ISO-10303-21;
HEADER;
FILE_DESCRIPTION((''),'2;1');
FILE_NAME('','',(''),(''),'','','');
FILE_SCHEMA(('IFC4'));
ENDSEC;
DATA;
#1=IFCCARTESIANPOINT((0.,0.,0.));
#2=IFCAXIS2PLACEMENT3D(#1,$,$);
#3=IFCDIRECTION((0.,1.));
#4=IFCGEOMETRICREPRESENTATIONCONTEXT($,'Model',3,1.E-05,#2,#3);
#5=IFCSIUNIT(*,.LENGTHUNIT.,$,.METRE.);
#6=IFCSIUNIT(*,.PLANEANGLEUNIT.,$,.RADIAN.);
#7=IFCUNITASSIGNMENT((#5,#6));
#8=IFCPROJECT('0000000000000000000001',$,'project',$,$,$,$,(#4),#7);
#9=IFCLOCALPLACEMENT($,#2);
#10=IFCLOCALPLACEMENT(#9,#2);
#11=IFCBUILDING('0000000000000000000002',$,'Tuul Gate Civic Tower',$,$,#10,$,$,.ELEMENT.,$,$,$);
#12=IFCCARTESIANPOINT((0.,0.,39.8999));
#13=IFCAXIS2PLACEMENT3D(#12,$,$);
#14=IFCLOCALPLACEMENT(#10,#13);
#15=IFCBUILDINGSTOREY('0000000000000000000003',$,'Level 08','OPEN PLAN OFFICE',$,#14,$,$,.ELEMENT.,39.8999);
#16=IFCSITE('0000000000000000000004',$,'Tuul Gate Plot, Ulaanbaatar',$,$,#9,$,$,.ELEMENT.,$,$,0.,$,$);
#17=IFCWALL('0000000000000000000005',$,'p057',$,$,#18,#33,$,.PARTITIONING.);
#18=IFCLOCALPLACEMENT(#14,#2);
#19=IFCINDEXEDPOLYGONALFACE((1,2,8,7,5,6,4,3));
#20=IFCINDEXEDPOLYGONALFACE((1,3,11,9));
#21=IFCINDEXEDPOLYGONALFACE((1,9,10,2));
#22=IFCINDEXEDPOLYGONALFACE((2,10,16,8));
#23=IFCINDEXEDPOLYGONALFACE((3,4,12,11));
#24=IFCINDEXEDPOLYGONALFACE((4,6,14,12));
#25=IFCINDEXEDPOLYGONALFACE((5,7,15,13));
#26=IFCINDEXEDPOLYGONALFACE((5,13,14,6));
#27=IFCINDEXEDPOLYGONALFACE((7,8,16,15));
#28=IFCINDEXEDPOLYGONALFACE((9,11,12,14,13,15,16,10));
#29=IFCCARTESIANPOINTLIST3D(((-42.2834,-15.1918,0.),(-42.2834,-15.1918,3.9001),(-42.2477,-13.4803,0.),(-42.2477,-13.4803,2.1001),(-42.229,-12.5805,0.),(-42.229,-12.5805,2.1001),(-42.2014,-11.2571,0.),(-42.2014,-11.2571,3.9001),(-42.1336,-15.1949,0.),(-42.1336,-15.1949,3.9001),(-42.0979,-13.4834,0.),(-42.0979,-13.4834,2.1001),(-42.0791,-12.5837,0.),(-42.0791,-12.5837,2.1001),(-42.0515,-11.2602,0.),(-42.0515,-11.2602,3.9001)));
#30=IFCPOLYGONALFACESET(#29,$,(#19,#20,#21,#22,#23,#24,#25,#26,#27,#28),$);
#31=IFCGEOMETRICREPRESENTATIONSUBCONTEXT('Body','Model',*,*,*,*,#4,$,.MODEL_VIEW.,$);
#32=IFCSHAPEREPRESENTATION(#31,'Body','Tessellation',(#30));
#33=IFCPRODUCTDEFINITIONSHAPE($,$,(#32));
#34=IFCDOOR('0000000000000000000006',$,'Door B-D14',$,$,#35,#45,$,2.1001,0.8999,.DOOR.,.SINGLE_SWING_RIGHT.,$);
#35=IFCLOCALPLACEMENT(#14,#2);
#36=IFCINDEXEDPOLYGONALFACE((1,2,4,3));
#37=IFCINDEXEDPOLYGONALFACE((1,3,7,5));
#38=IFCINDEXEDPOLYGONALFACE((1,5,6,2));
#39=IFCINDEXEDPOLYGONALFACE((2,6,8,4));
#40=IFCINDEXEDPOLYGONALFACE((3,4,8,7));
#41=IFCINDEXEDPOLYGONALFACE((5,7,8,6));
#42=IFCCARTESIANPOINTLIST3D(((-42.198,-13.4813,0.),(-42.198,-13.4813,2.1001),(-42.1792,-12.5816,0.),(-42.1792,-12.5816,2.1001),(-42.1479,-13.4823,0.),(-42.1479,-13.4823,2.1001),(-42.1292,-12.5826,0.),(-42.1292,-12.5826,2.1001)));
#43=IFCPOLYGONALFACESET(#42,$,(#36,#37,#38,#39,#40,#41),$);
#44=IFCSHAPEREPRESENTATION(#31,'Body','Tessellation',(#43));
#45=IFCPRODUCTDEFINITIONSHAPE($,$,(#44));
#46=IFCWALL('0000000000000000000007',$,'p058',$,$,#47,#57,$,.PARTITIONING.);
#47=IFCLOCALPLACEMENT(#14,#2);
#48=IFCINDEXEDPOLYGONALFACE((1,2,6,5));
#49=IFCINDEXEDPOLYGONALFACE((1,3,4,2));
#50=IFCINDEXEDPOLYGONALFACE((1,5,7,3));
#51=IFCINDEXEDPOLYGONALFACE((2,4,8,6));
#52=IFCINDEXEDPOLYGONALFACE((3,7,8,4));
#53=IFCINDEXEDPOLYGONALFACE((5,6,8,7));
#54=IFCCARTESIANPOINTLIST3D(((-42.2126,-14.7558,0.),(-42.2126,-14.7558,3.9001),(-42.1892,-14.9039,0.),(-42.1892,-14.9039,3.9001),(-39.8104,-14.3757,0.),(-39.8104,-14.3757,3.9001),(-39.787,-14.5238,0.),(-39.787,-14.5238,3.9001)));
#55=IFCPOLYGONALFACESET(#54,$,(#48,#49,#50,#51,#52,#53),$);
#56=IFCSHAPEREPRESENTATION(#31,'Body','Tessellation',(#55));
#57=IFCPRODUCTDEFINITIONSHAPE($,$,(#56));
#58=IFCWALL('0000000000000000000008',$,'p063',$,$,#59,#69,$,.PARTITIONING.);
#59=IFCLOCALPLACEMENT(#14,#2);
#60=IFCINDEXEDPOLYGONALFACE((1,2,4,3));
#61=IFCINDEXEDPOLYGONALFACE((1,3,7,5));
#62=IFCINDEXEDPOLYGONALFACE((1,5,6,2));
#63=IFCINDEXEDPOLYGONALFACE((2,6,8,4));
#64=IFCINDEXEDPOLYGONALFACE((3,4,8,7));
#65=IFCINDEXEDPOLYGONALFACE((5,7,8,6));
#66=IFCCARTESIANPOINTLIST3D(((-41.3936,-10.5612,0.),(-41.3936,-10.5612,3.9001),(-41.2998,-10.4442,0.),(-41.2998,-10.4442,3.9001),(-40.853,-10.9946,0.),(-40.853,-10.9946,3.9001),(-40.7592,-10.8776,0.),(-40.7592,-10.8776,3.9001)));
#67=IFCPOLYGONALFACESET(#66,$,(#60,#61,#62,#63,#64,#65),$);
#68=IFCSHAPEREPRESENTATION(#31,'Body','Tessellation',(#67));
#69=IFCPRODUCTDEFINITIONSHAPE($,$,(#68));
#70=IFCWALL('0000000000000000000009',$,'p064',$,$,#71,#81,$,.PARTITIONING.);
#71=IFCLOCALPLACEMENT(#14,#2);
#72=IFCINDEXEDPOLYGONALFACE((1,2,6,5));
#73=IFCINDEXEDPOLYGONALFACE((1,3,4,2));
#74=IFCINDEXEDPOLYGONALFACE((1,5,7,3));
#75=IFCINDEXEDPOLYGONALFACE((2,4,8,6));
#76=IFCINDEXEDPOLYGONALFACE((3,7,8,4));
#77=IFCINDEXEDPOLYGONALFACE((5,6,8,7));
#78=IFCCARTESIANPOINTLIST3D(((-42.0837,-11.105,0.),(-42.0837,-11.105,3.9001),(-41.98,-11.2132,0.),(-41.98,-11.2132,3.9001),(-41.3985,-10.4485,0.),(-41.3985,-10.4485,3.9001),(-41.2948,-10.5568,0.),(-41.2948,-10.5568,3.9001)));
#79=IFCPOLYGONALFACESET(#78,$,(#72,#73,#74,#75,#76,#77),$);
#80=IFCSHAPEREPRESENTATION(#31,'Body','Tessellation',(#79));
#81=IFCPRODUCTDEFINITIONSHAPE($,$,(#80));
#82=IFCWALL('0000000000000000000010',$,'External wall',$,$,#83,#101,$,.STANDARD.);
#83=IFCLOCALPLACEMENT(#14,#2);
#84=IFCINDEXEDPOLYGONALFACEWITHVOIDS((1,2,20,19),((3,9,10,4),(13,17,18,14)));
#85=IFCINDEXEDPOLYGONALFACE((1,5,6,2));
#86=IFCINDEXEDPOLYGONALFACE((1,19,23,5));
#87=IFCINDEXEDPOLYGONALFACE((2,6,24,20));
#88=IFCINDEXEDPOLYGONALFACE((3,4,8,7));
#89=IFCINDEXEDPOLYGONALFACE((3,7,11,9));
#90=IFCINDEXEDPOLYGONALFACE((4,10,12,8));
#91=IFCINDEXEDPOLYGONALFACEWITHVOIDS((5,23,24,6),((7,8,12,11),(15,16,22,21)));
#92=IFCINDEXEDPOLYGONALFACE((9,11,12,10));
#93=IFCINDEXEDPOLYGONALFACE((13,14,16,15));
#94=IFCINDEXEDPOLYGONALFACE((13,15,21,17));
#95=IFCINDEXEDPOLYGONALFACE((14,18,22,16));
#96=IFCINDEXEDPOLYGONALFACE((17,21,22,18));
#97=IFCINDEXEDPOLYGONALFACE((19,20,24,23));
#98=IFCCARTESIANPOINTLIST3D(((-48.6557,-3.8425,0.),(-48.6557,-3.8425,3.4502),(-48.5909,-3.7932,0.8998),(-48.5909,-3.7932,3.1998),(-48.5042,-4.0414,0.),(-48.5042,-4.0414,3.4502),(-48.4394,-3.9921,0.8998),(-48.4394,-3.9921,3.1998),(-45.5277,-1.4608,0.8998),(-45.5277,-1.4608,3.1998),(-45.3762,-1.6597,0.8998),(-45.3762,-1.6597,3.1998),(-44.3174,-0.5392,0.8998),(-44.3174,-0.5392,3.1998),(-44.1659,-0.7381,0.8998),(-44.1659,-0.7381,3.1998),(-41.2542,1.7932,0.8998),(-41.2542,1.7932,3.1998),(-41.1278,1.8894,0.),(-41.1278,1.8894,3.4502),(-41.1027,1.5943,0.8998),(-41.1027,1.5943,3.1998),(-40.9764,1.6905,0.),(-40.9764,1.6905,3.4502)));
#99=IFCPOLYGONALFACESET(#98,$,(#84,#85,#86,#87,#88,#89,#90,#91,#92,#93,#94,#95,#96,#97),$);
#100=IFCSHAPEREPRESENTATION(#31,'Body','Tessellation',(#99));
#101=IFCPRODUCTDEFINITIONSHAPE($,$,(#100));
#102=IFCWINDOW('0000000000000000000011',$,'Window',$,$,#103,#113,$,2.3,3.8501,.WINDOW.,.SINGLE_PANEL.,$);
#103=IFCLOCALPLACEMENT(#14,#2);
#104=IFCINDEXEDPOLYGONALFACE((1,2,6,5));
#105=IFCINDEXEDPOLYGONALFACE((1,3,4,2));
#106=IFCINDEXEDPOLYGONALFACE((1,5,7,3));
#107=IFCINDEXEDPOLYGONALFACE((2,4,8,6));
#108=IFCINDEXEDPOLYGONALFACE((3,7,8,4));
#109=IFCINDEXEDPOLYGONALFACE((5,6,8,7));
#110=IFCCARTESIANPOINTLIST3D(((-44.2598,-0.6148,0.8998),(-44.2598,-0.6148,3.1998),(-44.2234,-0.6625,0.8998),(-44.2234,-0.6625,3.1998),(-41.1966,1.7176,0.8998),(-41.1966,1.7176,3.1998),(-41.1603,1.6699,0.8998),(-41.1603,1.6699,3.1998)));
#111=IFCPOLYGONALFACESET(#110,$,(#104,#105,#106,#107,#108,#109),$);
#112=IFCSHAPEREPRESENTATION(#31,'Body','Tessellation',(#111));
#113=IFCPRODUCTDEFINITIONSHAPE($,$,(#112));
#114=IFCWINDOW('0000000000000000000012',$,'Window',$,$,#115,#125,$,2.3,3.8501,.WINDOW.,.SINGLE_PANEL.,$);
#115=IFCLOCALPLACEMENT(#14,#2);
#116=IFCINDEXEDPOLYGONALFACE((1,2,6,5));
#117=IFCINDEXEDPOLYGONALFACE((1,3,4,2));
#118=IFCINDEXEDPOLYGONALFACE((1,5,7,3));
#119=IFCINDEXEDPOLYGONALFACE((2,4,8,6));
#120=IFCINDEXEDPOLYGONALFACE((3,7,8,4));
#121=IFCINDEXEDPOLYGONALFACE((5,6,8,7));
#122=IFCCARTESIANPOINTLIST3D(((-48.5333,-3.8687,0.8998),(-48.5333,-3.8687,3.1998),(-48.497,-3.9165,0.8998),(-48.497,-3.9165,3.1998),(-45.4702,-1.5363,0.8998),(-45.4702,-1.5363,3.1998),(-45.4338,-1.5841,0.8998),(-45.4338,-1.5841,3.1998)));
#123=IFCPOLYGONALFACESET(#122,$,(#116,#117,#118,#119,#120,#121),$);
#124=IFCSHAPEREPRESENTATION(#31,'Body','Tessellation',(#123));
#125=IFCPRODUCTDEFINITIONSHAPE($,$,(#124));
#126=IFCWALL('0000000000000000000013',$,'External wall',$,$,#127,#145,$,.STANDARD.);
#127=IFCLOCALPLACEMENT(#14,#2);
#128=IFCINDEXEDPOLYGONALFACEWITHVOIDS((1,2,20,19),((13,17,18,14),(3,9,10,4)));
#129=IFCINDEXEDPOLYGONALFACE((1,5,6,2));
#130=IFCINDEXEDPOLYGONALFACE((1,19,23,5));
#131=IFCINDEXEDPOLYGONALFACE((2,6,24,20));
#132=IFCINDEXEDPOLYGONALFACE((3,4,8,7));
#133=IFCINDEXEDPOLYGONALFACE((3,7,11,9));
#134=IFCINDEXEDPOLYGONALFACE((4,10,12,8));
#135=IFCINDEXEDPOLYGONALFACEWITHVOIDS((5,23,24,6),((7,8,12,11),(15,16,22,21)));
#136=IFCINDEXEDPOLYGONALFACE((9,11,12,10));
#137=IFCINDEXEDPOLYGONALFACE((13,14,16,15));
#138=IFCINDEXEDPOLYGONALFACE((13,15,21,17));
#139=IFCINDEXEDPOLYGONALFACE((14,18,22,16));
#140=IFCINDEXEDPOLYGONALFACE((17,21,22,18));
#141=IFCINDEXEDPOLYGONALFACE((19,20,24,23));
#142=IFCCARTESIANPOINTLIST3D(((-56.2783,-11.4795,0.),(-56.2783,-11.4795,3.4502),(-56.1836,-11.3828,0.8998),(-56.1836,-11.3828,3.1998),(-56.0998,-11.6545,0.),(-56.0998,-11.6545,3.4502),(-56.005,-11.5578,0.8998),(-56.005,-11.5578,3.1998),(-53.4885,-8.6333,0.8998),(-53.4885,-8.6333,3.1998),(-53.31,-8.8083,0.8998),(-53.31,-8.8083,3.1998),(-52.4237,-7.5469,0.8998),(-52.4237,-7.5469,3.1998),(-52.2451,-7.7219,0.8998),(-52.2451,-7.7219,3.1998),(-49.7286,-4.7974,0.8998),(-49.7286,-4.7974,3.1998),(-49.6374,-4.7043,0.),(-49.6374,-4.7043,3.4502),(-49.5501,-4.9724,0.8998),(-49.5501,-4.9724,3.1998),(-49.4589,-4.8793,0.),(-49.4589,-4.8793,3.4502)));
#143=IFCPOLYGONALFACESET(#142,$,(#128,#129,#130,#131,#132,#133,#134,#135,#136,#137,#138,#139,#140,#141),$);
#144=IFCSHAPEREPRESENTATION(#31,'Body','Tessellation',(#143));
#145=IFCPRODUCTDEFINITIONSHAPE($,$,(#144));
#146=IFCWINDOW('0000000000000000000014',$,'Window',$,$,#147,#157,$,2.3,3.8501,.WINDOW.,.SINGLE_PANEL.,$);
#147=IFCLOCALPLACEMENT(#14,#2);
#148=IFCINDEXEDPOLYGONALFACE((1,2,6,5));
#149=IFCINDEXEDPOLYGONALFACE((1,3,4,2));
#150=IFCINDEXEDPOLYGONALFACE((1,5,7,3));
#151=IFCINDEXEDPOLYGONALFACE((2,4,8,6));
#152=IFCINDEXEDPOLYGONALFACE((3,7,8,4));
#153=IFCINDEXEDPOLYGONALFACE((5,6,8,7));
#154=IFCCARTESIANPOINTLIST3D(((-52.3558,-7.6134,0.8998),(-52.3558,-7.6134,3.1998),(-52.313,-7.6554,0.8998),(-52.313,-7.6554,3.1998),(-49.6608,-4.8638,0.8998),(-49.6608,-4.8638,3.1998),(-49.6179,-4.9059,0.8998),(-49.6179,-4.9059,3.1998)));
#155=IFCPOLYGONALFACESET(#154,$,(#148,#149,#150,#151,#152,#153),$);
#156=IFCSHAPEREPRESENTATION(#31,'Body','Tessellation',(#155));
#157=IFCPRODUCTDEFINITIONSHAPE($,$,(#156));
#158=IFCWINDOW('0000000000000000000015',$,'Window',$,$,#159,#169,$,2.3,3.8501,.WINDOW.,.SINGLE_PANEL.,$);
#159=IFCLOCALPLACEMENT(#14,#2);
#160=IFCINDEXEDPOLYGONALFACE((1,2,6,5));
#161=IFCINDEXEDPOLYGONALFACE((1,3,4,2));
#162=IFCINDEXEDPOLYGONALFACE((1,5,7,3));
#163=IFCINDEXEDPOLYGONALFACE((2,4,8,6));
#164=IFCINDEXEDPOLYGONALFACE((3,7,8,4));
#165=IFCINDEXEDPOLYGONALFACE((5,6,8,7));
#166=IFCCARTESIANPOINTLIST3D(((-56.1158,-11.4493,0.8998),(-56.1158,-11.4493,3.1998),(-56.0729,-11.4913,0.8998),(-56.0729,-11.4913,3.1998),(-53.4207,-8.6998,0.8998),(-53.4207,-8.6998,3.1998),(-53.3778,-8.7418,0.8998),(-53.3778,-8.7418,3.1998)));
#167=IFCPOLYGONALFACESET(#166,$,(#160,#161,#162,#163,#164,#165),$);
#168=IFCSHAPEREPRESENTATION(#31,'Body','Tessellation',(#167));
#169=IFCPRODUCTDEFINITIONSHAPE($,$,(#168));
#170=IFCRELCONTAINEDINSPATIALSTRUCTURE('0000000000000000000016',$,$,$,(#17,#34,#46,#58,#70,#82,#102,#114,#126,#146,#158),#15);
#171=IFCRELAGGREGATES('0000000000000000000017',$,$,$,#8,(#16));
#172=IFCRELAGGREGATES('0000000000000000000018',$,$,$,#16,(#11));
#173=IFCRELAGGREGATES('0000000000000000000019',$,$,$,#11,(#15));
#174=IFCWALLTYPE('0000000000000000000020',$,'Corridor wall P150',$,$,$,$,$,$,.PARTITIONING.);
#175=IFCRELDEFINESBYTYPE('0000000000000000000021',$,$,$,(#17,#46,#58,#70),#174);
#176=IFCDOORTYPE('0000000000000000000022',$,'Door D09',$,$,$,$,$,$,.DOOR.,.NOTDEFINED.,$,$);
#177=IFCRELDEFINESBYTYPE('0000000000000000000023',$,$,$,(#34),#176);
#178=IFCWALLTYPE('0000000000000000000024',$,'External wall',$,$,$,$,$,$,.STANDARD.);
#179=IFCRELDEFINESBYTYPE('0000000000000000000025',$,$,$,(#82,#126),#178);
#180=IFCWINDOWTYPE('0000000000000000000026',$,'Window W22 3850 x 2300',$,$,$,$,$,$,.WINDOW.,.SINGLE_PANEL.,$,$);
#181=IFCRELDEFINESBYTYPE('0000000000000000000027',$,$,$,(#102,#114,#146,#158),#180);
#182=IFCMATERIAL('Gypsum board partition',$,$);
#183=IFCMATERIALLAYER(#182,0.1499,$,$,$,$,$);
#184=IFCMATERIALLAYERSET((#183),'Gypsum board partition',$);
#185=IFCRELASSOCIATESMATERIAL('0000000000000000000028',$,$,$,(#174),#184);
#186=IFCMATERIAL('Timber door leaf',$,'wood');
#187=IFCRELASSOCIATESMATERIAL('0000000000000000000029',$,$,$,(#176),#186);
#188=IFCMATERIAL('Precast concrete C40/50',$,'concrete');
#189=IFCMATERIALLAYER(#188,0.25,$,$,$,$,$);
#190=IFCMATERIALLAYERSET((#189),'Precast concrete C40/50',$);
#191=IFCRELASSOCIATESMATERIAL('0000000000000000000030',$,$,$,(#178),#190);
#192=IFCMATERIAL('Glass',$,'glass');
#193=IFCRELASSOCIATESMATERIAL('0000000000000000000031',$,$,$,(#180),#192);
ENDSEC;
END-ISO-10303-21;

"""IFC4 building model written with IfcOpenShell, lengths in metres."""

from ifc_helpers import new_model, si_unit, direction, frame, frame_2d, origin, place, context, subcontext, project, spatial, rectangle, extrude, material, layer, layer_set, type_object, element, fill, save


model = new_model("IFC4")

# Units and contexts
model_context = context("Model", 3, precision=1e-05, world=origin(), true_north=direction((0.0, 1.0)))
body_context = subcontext(model_context, "Body", "Model", "MODEL_VIEW")
ifc_project = project(units=[si_unit("LENGTHUNIT", "METRE"), si_unit("PLANEANGLEUNIT", "RADIAN")], contexts=[model_context])

# Site, building, storey
site_placement = place(None, origin())
site = spatial("IfcSite", under=ifc_project, at=site_placement, Name="Tuul Gate Plot, Ulaanbaatar", CompositionType="ELEMENT", RefElevation=0.0)
building_placement = place(site_placement, origin())
building = spatial("IfcBuilding", under=site, at=building_placement, Name="Tuul Gate Civic Tower", CompositionType="ELEMENT")
storey_placement = place(building_placement, frame((0.0, 0.0, 39.8999)))
storey = spatial("IfcBuildingStorey", under=building, at=storey_placement, Name="Level 08", Description="OPEN PLAN OFFICE", CompositionType="ELEMENT", Elevation=39.8999)

# Shared definitions
ifc_material_1 = material(Name="Gypsum board partition")
ifc_layer_1 = layer(ifc_material_1, 0.1499)
ifc_layer_set_1 = layer_set([ifc_layer_1], Name="Gypsum board partition")
wall_type_1 = type_object("IfcWallType", Name="Corridor wall P150", PredefinedType="PARTITIONING", material=ifc_layer_set_1)

# Wall, opening, door
wall_1_placement = place(storey_placement, frame((-42.2085, -15.1934, 0.0), z_axis=(0.0, 0.0, 1.0), x_axis=(0.020844, 0.999783, 0.0)))
wall_1 = element("IfcWall", 1, at=wall_1_placement, inside=storey, type_object=wall_type_1, Name="p057", PredefinedType="PARTITIONING", context=body_context, shape_type="SweptSolid", body=[
    extrude(rectangle(XDim=3.9355, YDim=0.1499, at=frame_2d((1.9678, 0.0))), origin(), (0.0, 0.0, 1.0), 3.9001),
])
opening_1_placement = place(wall_1_placement, frame((1.7119, 0.0, 0.0)))
opening_1 = element("IfcOpeningElement", 2, at=opening_1_placement, cuts=wall_1, PredefinedType="OPENING", context=body_context, shape_type="SweptSolid", body=[
    extrude(rectangle(XDim=0.8999, YDim=2.1001, at=frame_2d((0.45, 1.05))), frame((0.0, 0.085, 0.0), z_axis=(0.0, -1.0, 0.0), x_axis=(1.0, 0.0, 0.0)), (0.0, 0.0, 1.0), 0.1699),
])
ifc_material_2 = material(Name="Timber door leaf", Category="wood")
door_type_1 = type_object("IfcDoorType", Name="Door D09", OperationType="NOTDEFINED", PredefinedType="DOOR", material=ifc_material_2)
door_1_placement = place(opening_1_placement, frame((0.8999, 0.0, 0.0), z_axis=(0.0, 0.0, 1.0), x_axis=(-1.0, 0.0, 0.0)))
door_1 = element("IfcDoor", 3, at=door_1_placement, inside=storey, type_object=door_type_1, Name="Door B-D14", OperationType="SINGLE_SWING_RIGHT", OverallHeight=2.1001, OverallWidth=0.8999, PredefinedType="DOOR", context=body_context, shape_type="SweptSolid", body=[
    extrude(rectangle(XDim=0.8999, YDim=2.1001, at=frame_2d((0.45, 1.05))), frame((0.0, 0.0249, 0.0), z_axis=(0.0, -1.0, 0.0), x_axis=(1.0, 0.0, 0.0)), (0.0, 0.0, 1.0), 0.05),
])
fill(opening_1, door_1)

# Walls
wall_2_placement = place(storey_placement, frame((-42.2009, -14.8298, 0.0), z_axis=(0.0, 0.0, 1.0), x_axis=(0.987712, 0.156287, 0.0)))
element("IfcWall", 4, at=wall_2_placement, inside=storey, type_object=wall_type_1, Name="p058", PredefinedType="PARTITIONING", context=body_context, shape_type="SweptSolid", body=[
    extrude(rectangle(XDim=2.4321, YDim=0.1499, at=frame_2d((1.2161, 0.0))), origin(), (0.0, 0.0, 1.0), 3.9001),
])
wall_3_placement = place(storey_placement, frame((-41.3467, -10.5027, 0.0), z_axis=(0.0, 0.0, 1.0), x_axis=(0.780215, -0.625511, 0.0)))
element("IfcWall", 5, at=wall_3_placement, inside=storey, type_object=wall_type_1, Name="p063", PredefinedType="PARTITIONING", context=body_context, shape_type="SweptSolid", body=[
    extrude(rectangle(XDim=0.6929, YDim=0.1499, at=frame_2d((0.3464, 0.0))), origin(), (0.0, 0.0, 1.0), 3.9001),
])
wall_4_placement = place(storey_placement, frame((-42.032, -11.1592, 0.0), z_axis=(0.0, 0.0, 1.0), x_axis=(0.722122, 0.691766, 0.0)))
element("IfcWall", 6, at=wall_4_placement, inside=storey, type_object=wall_type_1, Name="p064", PredefinedType="PARTITIONING", context=body_context, shape_type="SweptSolid", body=[
    extrude(rectangle(XDim=0.949, YDim=0.1499, at=frame_2d((0.4746, 0.0))), origin(), (0.0, 0.0, 1.0), 3.9001),
])

# Walls, openings, windows
ifc_material_3 = material(Name="Precast concrete C40/50", Category="concrete")
ifc_layer_2 = layer(ifc_material_3, 0.25)
ifc_layer_set_2 = layer_set([ifc_layer_2], Name="Precast concrete C40/50")
wall_type_2 = type_object("IfcWallType", Name="External wall", PredefinedType="STANDARD", material=ifc_layer_set_2)
wall_5_placement = place(storey_placement, frame((-41.052, 1.79, 0.0), z_axis=(0.0, 0.0, 1.0), x_axis=(-0.795613, -0.605805, 0.0)))
wall_5 = element("IfcWall", 7, at=wall_5_placement, inside=storey, type_object=wall_type_2, Name="External wall", PredefinedType="STANDARD", context=body_context, shape_type="SweptSolid", body=[
    extrude(rectangle(XDim=9.4617, YDim=0.25, at=frame_2d((4.731, 0.0))), origin(), (0.0, 0.0, 1.0), 3.4502),
])
opening_2_placement = place(wall_5_placement, frame((0.1589, 0.0, 0.8999)))
opening_2 = element("IfcOpeningElement", 8, at=opening_2_placement, cuts=wall_5, PredefinedType="OPENING", context=body_context, shape_type="SweptSolid", body=[
    extrude(rectangle(XDim=3.8501, YDim=2.3, at=frame_2d((1.925, 1.1499))), frame((0.0, 0.135, 0.0), z_axis=(0.0, -1.0, 0.0), x_axis=(1.0, 0.0, 0.0)), (0.0, 0.0, 1.0), 0.27),
])
opening_3_placement = place(wall_5_placement, frame((5.5303, 0.0, 0.8999)))
opening_3 = element("IfcOpeningElement", 9, at=opening_3_placement, cuts=wall_5, PredefinedType="OPENING", context=body_context, shape_type="SweptSolid", body=[
    extrude(rectangle(XDim=3.8501, YDim=2.3, at=frame_2d((1.925, 1.1499))), frame((0.0, 0.135, 0.0), z_axis=(0.0, -1.0, 0.0), x_axis=(1.0, 0.0, 0.0)), (0.0, 0.0, 1.0), 0.27),
])
ifc_material_4 = material(Name="Glass", Category="glass")
window_type_1 = type_object("IfcWindowType", Name="Window W22 3850 x 2300", PartitioningType="SINGLE_PANEL", PredefinedType="WINDOW", material=ifc_material_4)
window_1_placement = place(opening_2_placement, origin())
window_1 = element("IfcWindow", 10, at=window_1_placement, inside=storey, type_object=window_type_1, Name="Window", OverallHeight=2.3, OverallWidth=3.8501, PartitioningType="SINGLE_PANEL", PredefinedType="WINDOW", context=body_context, shape_type="SweptSolid", body=[
    extrude(rectangle(XDim=3.8501, YDim=2.3, at=frame_2d((1.925, 1.1499))), frame((0.0, 0.03, 0.0), z_axis=(0.0, -1.0, 0.0), x_axis=(1.0, 0.0, 0.0)), (0.0, 0.0, 1.0), 0.0601),
])
fill(opening_2, window_1)
window_2_placement = place(opening_3_placement, origin())
window_2 = element("IfcWindow", 11, at=window_2_placement, inside=storey, type_object=window_type_1, Name="Window", OverallHeight=2.3, OverallWidth=3.8501, PartitioningType="SINGLE_PANEL", PredefinedType="WINDOW", context=body_context, shape_type="SweptSolid", body=[
    extrude(rectangle(XDim=3.8501, YDim=2.3, at=frame_2d((1.925, 1.1499))), frame((0.0, 0.03, 0.0), z_axis=(0.0, -1.0, 0.0), x_axis=(1.0, 0.0, 0.0)), (0.0, 0.0, 1.0), 0.0601),
])
fill(opening_3, window_2)
wall_6_placement = place(storey_placement, frame((-49.5481, -4.7917, 0.0), z_axis=(0.0, 0.0, 1.0), x_axis=(-0.699994, -0.714148, 0.0)))
wall_6 = element("IfcWall", 12, at=wall_6_placement, inside=storey, type_object=wall_type_2, Name="External wall", PredefinedType="STANDARD", context=body_context, shape_type="SweptSolid", body=[
    extrude(rectangle(XDim=9.4871, YDim=0.25, at=frame_2d((4.7437, 0.0))), origin(), (0.0, 0.0, 1.0), 3.4502),
])
opening_4_placement = place(wall_6_placement, frame((0.1304, 0.0, 0.8999)))
opening_4 = element("IfcOpeningElement", 13, at=opening_4_placement, cuts=wall_6, PredefinedType="OPENING", context=body_context, shape_type="SweptSolid", body=[
    extrude(rectangle(XDim=3.8501, YDim=2.3, at=frame_2d((1.925, 1.1499))), frame((0.0, 0.135, 0.0), z_axis=(0.0, -1.0, 0.0), x_axis=(1.0, 0.0, 0.0)), (0.0, 0.0, 1.0), 0.27),
])
opening_5_placement = place(wall_6_placement, frame((5.5017, 0.0, 0.8999)))
opening_5 = element("IfcOpeningElement", 14, at=opening_5_placement, cuts=wall_6, PredefinedType="OPENING", context=body_context, shape_type="SweptSolid", body=[
    extrude(rectangle(XDim=3.8501, YDim=2.3, at=frame_2d((1.925, 1.1499))), frame((0.0, 0.135, 0.0), z_axis=(0.0, -1.0, 0.0), x_axis=(1.0, 0.0, 0.0)), (0.0, 0.0, 1.0), 0.27),
])
window_3_placement = place(opening_4_placement, origin())
window_3 = element("IfcWindow", 15, at=window_3_placement, inside=storey, type_object=window_type_1, Name="Window", OverallHeight=2.3, OverallWidth=3.8501, PartitioningType="SINGLE_PANEL", PredefinedType="WINDOW", context=body_context, shape_type="SweptSolid", body=[
    extrude(rectangle(XDim=3.8501, YDim=2.3, at=frame_2d((1.925, 1.1499))), frame((0.0, 0.03, 0.0), z_axis=(0.0, -1.0, 0.0), x_axis=(1.0, 0.0, 0.0)), (0.0, 0.0, 1.0), 0.0601),
])
fill(opening_4, window_3)
window_4_placement = place(opening_5_placement, origin())
window_4 = element("IfcWindow", 16, at=window_4_placement, inside=storey, type_object=window_type_1, Name="Window", OverallHeight=2.3, OverallWidth=3.8501, PartitioningType="SINGLE_PANEL", PredefinedType="WINDOW", context=body_context, shape_type="SweptSolid", body=[
    extrude(rectangle(XDim=3.8501, YDim=2.3, at=frame_2d((1.925, 1.1499))), frame((0.0, 0.03, 0.0), z_axis=(0.0, -1.0, 0.0), x_axis=(1.0, 0.0, 0.0)), (0.0, 0.0, 1.0), 0.0601),
])
fill(opening_5, window_4)

save(model, "model.ifc")
